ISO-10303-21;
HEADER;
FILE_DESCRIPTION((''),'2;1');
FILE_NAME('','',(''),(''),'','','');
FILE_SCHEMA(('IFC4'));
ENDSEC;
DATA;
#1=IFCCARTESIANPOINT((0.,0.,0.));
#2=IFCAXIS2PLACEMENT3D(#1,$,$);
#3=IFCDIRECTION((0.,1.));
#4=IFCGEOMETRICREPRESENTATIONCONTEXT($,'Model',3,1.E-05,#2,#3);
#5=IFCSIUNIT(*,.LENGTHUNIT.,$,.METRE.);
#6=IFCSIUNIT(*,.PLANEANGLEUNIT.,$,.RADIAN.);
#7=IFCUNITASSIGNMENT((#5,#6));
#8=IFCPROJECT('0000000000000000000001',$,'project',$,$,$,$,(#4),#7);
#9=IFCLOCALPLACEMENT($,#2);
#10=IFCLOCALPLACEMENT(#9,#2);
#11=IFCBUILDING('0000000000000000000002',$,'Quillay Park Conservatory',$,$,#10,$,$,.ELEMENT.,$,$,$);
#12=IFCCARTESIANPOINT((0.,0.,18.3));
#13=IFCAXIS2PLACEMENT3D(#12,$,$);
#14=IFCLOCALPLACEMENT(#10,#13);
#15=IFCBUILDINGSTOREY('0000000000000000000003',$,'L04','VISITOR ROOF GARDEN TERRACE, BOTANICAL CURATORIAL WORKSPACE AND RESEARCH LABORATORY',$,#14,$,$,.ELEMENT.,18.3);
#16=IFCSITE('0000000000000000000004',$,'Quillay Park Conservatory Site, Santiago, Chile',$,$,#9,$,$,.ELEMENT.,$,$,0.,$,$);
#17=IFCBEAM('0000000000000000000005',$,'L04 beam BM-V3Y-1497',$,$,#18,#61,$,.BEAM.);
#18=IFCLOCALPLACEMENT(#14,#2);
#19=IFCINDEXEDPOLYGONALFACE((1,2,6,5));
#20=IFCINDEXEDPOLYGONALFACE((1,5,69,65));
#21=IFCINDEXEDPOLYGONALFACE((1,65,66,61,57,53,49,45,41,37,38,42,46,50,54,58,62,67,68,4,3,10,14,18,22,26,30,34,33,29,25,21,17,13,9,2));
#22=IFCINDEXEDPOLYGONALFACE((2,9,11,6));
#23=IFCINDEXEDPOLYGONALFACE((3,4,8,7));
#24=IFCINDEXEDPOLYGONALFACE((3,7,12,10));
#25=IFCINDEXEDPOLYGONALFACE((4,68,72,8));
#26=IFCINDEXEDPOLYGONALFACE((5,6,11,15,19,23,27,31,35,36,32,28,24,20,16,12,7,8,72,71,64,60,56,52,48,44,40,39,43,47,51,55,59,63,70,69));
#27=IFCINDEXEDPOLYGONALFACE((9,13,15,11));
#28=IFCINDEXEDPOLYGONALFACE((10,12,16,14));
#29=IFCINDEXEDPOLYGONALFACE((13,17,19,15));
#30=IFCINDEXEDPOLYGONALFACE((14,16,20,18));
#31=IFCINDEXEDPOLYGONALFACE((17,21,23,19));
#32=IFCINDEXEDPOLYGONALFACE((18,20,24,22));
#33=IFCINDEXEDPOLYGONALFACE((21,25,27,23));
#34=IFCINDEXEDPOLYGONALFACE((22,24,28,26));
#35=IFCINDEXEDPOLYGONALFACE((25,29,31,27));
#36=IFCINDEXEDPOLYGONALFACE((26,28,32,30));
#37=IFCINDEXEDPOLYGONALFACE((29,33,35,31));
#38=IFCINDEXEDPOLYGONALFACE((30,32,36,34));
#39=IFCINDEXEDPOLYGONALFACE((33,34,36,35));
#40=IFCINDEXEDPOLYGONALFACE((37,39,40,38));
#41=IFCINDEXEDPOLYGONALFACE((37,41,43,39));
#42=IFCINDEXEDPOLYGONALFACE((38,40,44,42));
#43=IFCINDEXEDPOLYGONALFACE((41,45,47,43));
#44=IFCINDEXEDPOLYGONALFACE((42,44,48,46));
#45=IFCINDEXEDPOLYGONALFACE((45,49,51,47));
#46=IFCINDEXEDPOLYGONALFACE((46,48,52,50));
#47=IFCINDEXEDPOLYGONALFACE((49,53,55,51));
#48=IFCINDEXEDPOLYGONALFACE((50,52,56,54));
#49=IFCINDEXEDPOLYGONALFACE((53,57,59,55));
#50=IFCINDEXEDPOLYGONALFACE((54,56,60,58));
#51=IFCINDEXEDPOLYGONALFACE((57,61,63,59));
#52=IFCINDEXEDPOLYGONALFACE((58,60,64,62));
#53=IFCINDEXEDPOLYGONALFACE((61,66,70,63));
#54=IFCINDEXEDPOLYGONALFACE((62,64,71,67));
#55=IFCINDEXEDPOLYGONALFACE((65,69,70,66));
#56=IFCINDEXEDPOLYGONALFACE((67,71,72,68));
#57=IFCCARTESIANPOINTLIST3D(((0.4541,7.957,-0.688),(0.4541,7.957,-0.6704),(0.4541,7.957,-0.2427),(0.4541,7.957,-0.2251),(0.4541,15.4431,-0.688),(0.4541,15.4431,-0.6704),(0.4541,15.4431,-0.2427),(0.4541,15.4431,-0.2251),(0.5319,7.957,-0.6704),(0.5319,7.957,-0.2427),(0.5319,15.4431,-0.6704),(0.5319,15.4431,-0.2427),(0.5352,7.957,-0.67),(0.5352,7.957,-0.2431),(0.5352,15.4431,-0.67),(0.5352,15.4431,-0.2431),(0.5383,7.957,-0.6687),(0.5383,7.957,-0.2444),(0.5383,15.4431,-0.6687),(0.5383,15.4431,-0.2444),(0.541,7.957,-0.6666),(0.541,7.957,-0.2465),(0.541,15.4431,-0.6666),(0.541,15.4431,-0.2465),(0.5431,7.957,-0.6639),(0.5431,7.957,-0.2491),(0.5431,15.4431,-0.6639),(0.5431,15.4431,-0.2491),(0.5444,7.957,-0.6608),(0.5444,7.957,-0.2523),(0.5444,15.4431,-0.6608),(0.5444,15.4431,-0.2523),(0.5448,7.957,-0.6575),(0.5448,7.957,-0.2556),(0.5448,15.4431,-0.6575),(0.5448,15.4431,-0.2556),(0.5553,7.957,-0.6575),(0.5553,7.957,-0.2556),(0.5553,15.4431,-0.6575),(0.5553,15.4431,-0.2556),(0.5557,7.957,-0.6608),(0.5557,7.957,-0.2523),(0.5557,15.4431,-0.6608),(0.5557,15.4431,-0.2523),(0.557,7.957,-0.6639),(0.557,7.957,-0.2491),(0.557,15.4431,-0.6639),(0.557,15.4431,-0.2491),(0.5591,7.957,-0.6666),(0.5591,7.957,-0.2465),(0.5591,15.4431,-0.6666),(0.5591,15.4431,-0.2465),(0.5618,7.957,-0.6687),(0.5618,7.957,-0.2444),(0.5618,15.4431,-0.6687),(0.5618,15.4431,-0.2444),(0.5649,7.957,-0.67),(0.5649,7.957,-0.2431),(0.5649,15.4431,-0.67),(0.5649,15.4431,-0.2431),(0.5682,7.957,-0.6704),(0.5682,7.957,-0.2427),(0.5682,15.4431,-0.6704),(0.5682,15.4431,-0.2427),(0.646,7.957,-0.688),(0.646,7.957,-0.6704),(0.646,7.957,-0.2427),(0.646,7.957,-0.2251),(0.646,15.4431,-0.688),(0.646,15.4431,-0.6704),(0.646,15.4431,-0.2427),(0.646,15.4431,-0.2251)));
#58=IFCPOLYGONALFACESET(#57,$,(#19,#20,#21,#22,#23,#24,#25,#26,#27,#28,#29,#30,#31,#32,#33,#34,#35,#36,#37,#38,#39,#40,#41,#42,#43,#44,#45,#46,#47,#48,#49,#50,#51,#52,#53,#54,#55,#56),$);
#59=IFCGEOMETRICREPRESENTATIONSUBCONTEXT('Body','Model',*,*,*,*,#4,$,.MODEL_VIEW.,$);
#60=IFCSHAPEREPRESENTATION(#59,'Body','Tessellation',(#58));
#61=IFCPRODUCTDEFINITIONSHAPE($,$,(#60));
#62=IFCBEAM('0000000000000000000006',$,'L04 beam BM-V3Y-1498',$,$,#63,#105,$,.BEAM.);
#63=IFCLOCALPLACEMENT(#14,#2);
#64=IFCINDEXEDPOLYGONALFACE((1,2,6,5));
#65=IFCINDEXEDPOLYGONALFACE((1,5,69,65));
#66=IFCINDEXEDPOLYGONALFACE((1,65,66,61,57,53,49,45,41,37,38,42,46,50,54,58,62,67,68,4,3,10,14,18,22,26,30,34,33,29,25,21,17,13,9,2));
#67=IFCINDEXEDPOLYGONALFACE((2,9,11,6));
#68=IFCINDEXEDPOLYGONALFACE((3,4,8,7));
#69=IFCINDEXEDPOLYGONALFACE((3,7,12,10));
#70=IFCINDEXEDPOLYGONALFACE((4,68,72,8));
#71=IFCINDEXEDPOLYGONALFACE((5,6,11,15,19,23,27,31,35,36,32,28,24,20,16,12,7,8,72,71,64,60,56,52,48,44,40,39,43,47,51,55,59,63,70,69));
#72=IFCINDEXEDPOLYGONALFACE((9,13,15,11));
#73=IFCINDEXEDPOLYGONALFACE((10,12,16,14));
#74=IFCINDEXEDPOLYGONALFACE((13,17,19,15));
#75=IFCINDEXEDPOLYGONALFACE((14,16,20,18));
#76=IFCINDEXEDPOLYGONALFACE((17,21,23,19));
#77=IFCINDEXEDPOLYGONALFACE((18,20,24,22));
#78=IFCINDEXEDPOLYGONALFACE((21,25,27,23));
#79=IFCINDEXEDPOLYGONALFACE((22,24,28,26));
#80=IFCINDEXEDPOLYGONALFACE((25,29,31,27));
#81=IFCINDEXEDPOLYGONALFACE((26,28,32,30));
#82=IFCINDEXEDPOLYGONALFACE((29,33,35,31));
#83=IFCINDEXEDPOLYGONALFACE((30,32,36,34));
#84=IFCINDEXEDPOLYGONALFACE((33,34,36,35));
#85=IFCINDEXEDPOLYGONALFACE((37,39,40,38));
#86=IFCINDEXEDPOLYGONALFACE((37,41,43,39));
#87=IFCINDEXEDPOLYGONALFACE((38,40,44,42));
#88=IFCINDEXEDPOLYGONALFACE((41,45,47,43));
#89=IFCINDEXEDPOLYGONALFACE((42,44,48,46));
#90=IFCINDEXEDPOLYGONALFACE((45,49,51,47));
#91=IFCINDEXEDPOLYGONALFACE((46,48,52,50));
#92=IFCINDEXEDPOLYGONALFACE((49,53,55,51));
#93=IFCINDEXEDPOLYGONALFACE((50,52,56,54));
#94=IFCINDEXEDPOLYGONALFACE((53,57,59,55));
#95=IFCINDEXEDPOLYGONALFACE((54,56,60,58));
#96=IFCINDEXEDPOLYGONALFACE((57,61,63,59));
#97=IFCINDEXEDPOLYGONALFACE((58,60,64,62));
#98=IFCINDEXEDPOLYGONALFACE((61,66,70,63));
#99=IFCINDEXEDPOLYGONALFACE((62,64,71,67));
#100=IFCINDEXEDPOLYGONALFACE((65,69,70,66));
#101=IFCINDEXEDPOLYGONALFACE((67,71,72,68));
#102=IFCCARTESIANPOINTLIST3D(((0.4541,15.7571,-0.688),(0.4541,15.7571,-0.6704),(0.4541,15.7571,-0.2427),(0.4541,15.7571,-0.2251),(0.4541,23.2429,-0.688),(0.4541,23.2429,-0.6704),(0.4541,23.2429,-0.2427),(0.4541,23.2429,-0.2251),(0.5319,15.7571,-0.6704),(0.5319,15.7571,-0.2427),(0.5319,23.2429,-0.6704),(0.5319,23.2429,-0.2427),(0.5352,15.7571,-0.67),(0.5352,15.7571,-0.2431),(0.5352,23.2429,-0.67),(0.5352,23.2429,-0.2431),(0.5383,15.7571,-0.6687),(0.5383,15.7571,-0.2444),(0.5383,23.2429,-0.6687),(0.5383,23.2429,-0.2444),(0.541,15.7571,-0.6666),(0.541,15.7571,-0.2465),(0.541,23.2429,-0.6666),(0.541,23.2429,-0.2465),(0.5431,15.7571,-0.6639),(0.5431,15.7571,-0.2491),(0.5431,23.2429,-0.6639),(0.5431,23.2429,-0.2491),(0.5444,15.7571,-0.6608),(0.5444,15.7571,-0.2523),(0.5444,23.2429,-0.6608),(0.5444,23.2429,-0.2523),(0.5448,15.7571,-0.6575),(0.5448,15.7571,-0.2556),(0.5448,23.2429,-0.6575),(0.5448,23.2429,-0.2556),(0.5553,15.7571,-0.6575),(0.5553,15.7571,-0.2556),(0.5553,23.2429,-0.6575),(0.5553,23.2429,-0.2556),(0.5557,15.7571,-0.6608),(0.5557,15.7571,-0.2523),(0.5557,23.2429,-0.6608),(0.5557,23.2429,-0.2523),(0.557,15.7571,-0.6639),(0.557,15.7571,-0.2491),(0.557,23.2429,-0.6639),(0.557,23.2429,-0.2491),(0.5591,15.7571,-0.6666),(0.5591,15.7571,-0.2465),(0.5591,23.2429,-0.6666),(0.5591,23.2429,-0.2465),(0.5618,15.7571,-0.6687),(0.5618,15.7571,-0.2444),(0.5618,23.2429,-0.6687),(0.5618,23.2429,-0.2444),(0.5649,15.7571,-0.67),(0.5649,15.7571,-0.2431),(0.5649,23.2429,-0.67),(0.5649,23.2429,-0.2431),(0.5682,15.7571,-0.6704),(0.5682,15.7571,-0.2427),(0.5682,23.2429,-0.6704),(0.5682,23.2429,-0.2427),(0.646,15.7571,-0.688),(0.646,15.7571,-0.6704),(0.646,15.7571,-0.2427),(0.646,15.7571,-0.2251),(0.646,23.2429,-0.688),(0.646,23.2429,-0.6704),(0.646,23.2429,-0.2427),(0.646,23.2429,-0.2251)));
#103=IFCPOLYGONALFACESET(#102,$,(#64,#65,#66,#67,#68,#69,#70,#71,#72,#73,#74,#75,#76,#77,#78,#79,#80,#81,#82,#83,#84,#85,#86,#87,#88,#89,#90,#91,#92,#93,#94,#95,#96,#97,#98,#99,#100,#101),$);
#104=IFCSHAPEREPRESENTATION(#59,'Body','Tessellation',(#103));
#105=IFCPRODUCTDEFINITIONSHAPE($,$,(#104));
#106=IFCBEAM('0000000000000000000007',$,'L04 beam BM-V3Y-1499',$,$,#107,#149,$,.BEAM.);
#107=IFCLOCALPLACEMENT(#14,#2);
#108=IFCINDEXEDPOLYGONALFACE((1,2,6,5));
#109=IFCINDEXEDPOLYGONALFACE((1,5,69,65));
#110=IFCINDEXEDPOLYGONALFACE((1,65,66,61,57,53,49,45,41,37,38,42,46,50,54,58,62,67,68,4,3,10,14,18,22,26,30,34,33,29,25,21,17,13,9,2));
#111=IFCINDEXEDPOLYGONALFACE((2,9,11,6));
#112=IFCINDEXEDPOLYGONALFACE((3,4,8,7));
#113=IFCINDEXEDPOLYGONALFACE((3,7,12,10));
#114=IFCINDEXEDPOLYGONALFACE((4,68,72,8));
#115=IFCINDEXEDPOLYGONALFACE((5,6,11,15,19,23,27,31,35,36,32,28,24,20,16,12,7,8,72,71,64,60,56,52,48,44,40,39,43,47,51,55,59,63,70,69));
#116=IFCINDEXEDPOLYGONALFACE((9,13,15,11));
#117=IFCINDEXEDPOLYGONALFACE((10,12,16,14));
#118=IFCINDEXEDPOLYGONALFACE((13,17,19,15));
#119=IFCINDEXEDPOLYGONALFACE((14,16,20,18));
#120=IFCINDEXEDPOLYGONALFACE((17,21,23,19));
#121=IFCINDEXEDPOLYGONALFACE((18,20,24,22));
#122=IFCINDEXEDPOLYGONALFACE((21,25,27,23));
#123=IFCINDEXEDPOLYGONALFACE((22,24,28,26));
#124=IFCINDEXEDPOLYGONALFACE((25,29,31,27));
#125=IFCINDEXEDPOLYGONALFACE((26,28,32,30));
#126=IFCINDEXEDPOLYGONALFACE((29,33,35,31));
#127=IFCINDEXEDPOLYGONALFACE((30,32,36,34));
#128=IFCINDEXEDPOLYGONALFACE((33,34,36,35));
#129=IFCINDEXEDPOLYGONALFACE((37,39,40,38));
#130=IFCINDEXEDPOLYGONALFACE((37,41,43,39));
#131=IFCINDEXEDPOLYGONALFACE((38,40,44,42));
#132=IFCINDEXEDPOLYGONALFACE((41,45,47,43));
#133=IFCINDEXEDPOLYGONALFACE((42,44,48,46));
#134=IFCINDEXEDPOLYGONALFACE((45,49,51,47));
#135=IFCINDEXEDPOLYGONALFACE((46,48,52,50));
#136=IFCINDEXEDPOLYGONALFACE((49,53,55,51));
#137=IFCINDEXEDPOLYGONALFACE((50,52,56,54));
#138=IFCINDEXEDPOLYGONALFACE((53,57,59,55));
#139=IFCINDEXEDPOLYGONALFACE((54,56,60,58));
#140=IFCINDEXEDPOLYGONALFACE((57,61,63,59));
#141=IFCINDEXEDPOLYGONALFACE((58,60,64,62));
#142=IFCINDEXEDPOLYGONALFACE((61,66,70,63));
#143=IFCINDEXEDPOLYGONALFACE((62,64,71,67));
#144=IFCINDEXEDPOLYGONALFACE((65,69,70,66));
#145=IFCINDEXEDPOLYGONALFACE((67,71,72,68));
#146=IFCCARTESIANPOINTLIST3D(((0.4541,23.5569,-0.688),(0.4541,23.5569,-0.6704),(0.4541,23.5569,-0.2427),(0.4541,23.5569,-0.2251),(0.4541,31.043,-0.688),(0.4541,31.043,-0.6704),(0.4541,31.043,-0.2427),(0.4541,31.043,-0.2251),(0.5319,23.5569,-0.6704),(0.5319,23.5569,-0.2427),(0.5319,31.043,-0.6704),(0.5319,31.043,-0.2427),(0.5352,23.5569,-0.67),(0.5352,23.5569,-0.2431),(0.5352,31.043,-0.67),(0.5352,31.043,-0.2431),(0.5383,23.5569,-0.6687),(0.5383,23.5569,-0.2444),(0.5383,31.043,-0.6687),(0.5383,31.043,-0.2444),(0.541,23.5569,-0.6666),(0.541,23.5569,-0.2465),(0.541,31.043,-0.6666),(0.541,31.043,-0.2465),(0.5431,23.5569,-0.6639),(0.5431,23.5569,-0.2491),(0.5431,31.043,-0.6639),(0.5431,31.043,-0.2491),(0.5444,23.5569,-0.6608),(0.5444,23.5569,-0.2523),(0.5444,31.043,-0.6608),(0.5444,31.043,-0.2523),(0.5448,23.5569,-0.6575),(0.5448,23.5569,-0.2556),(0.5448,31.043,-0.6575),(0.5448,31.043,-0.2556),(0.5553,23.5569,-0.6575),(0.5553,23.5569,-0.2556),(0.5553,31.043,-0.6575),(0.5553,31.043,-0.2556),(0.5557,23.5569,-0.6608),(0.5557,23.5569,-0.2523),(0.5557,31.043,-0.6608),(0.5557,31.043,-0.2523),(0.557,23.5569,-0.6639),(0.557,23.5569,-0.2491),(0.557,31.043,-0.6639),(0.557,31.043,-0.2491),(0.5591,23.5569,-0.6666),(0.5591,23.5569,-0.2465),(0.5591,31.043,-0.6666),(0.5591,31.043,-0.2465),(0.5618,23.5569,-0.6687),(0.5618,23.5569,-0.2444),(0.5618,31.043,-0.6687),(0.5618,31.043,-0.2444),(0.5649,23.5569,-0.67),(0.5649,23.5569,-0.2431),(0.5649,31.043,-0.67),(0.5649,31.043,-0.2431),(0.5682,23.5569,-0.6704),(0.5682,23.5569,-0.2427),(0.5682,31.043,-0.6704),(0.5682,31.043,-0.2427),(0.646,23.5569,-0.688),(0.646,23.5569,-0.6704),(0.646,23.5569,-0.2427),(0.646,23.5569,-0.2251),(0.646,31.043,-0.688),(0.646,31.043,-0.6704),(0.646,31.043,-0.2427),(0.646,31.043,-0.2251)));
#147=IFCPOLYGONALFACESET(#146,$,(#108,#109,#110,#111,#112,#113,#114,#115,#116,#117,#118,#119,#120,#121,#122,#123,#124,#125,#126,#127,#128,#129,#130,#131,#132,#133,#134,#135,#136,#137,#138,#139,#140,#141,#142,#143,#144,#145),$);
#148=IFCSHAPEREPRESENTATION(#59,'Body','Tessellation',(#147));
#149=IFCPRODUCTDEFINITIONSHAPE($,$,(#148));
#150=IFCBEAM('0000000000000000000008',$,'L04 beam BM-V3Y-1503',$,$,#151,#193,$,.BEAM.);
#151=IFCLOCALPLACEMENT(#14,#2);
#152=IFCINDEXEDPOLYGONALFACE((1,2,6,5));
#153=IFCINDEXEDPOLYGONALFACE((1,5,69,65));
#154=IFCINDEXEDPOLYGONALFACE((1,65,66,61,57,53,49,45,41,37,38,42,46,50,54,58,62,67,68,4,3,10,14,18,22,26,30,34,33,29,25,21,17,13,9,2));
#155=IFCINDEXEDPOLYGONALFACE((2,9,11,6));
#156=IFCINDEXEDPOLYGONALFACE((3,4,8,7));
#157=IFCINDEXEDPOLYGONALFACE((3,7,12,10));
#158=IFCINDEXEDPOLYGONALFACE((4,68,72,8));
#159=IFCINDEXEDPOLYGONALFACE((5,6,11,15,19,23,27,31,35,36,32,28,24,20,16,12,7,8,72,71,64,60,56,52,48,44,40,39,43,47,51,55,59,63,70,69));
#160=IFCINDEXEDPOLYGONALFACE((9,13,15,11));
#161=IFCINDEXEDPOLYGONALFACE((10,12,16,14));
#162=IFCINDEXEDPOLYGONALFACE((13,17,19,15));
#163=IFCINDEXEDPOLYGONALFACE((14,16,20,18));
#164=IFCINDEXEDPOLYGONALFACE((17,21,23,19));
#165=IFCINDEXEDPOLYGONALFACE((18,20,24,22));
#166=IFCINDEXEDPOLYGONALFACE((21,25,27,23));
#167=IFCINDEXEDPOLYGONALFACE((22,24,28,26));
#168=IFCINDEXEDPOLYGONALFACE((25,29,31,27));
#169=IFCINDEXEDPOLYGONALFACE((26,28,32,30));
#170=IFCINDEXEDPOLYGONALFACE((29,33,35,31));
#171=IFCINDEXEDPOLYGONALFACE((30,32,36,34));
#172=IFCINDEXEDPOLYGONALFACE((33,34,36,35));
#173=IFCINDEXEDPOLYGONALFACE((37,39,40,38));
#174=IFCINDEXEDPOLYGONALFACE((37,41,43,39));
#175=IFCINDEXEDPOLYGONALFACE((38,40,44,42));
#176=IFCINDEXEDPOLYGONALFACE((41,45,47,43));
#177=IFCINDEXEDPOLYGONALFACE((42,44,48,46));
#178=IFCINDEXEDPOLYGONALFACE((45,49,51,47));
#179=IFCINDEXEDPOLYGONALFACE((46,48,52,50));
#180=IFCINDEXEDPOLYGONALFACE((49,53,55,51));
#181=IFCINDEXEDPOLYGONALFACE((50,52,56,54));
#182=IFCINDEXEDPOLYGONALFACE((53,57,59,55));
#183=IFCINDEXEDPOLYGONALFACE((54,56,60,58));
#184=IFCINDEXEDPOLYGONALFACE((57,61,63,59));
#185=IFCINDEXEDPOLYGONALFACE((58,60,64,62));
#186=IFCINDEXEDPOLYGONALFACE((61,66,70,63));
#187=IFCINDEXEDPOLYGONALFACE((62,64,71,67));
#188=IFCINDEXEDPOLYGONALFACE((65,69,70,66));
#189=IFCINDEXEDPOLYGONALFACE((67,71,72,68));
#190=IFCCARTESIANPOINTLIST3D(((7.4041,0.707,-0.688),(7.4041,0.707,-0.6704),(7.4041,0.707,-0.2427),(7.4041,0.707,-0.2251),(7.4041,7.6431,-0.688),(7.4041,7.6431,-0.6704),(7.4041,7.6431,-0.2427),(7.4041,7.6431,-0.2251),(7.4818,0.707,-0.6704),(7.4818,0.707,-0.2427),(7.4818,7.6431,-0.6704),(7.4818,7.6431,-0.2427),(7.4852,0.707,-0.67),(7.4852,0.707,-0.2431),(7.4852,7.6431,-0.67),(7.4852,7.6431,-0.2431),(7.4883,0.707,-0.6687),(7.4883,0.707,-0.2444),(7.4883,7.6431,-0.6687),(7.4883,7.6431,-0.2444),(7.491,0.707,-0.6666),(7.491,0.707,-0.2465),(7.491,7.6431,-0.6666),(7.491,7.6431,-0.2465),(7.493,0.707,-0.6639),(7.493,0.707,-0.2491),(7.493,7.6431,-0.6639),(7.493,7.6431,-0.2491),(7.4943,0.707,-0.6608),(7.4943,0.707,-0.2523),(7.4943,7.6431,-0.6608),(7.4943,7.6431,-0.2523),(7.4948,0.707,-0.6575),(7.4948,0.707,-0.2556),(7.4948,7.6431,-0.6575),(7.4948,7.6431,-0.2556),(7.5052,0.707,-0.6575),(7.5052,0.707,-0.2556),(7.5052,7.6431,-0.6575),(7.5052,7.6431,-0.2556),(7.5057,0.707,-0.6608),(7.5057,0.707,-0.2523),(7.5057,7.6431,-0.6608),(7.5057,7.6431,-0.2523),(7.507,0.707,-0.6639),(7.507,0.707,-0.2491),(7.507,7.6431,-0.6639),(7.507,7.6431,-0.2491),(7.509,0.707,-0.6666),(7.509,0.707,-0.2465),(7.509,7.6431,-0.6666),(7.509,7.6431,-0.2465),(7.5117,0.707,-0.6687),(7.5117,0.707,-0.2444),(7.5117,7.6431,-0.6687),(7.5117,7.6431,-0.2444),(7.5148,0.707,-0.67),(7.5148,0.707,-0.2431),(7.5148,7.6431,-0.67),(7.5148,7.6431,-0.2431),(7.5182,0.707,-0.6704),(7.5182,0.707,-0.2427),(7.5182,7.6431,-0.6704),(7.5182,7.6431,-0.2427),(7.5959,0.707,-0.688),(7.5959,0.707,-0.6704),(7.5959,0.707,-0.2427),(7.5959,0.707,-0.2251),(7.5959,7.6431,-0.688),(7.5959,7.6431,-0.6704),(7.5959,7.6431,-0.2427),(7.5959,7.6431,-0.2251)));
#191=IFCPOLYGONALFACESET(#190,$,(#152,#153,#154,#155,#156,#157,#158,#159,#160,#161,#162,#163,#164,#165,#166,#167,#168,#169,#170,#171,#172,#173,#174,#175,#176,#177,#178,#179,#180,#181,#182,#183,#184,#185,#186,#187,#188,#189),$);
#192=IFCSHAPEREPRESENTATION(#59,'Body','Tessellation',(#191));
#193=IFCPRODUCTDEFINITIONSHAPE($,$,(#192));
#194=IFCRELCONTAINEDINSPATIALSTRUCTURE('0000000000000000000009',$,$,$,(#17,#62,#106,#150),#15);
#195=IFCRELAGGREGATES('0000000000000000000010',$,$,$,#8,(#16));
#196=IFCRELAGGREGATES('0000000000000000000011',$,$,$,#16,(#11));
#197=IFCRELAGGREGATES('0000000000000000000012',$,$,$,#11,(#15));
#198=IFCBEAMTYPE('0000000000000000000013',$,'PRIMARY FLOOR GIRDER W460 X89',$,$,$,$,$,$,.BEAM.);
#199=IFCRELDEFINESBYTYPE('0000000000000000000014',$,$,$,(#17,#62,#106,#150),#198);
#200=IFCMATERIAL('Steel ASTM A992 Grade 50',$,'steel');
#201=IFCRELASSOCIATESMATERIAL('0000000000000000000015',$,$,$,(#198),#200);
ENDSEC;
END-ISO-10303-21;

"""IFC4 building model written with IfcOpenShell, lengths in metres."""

from ifc_helpers import new_model, si_unit, direction, frame, origin, origin_2d, place, context, subcontext, project, spatial, i_section, extrude, material, material_profile, profile_set, type_object, element, save


model = new_model("IFC4")

# Units and contexts
model_context = context("Model", 3, precision=1e-05, world=origin(), true_north=direction((0.0, 1.0)))
body_context = subcontext(model_context, "Body", "Model", "MODEL_VIEW")
ifc_project = project(units=[si_unit("LENGTHUNIT", "METRE"), si_unit("PLANEANGLEUNIT", "RADIAN")], contexts=[model_context])

# Site, building, storey
site_placement = place(None, origin())
site = spatial("IfcSite", under=ifc_project, at=site_placement, Name="Quillay Park Conservatory Site, Santiago, Chile", CompositionType="ELEMENT", RefElevation=0.0)
building_placement = place(site_placement, origin())
building = spatial("IfcBuilding", under=site, at=building_placement, Name="Quillay Park Conservatory", CompositionType="ELEMENT")
storey_placement = place(building_placement, frame((0.0, 0.0, 18.3)))
storey = spatial("IfcBuildingStorey", under=building, at=storey_placement, Name="L04", Description="VISITOR ROOF GARDEN TERRACE, BOTANICAL CURATORIAL WORKSPACE AND RESEARCH LABORATORY", CompositionType="ELEMENT", Elevation=18.3)

# Beams
ifc_material_1 = material(Name="Steel ASTM A992 Grade 50", Category="steel")
ifc_material_profile_1 = material_profile(ifc_material_1, i_section(OverallWidth=0.1919, OverallDepth=0.4629, WebThickness=0.0105, FlangeThickness=0.0176, FilletRadius=0.0129, at=origin_2d()), Name="W460x89")
ifc_profile_set_1 = profile_set([ifc_material_profile_1], Name="Steel ASTM A992 Grade 50")
beam_type_1 = type_object("IfcBeamType", Name="PRIMARY FLOOR GIRDER W460 X89", PredefinedType="BEAM", material=ifc_profile_set_1)
beam_1_placement = place(storey_placement, frame((0.55, 7.957, -0.4565), z_axis=(0.0, 1.0, 0.0), x_axis=(-1.0, 0.0, 0.0)))
element("IfcBeam", 1, at=beam_1_placement, inside=storey, type_object=beam_type_1, Name="L04 beam BM-V3Y-1497", PredefinedType="BEAM", context=body_context, shape_type="SweptSolid", body=[
    extrude(i_section(OverallWidth=0.1919, OverallDepth=0.4629, WebThickness=0.0105, FlangeThickness=0.0176, FilletRadius=0.0129, at=origin_2d()), origin(), (0.0, 0.0, 1.0), 7.4861),
])
beam_2_placement = place(storey_placement, frame((0.55, 15.7571, -0.4565), z_axis=(0.0, 1.0, 0.0), x_axis=(-1.0, 0.0, 0.0)))
element("IfcBeam", 2, at=beam_2_placement, inside=storey, type_object=beam_type_1, Name="L04 beam BM-V3Y-1498", PredefinedType="BEAM", context=body_context, shape_type="SweptSolid", body=[
    extrude(i_section(OverallWidth=0.1919, OverallDepth=0.4629, WebThickness=0.0105, FlangeThickness=0.0176, FilletRadius=0.0129, at=origin_2d()), origin(), (0.0, 0.0, 1.0), 7.4858),
])
beam_3_placement = place(storey_placement, frame((0.55, 23.5569, -0.4565), z_axis=(0.0, 1.0, 0.0), x_axis=(-1.0, 0.0, 0.0)))
element("IfcBeam", 3, at=beam_3_placement, inside=storey, type_object=beam_type_1, Name="L04 beam BM-V3Y-1499", PredefinedType="BEAM", context=body_context, shape_type="SweptSolid", body=[
    extrude(i_section(OverallWidth=0.1919, OverallDepth=0.4629, WebThickness=0.0105, FlangeThickness=0.0176, FilletRadius=0.0129, at=origin_2d()), origin(), (0.0, 0.0, 1.0), 7.4861),
])
beam_4_placement = place(storey_placement, frame((7.5, 0.707, -0.4565), z_axis=(0.0, 1.0, 0.0), x_axis=(-1.0, 0.0, 0.0)))
element("IfcBeam", 4, at=beam_4_placement, inside=storey, type_object=beam_type_1, Name="L04 beam BM-V3Y-1503", PredefinedType="BEAM", context=body_context, shape_type="SweptSolid", body=[
    extrude(i_section(OverallWidth=0.1919, OverallDepth=0.4629, WebThickness=0.0105, FlangeThickness=0.0176, FilletRadius=0.0129, at=origin_2d()), origin(), (0.0, 0.0, 1.0), 6.936),
])

save(model, "model.ifc")
